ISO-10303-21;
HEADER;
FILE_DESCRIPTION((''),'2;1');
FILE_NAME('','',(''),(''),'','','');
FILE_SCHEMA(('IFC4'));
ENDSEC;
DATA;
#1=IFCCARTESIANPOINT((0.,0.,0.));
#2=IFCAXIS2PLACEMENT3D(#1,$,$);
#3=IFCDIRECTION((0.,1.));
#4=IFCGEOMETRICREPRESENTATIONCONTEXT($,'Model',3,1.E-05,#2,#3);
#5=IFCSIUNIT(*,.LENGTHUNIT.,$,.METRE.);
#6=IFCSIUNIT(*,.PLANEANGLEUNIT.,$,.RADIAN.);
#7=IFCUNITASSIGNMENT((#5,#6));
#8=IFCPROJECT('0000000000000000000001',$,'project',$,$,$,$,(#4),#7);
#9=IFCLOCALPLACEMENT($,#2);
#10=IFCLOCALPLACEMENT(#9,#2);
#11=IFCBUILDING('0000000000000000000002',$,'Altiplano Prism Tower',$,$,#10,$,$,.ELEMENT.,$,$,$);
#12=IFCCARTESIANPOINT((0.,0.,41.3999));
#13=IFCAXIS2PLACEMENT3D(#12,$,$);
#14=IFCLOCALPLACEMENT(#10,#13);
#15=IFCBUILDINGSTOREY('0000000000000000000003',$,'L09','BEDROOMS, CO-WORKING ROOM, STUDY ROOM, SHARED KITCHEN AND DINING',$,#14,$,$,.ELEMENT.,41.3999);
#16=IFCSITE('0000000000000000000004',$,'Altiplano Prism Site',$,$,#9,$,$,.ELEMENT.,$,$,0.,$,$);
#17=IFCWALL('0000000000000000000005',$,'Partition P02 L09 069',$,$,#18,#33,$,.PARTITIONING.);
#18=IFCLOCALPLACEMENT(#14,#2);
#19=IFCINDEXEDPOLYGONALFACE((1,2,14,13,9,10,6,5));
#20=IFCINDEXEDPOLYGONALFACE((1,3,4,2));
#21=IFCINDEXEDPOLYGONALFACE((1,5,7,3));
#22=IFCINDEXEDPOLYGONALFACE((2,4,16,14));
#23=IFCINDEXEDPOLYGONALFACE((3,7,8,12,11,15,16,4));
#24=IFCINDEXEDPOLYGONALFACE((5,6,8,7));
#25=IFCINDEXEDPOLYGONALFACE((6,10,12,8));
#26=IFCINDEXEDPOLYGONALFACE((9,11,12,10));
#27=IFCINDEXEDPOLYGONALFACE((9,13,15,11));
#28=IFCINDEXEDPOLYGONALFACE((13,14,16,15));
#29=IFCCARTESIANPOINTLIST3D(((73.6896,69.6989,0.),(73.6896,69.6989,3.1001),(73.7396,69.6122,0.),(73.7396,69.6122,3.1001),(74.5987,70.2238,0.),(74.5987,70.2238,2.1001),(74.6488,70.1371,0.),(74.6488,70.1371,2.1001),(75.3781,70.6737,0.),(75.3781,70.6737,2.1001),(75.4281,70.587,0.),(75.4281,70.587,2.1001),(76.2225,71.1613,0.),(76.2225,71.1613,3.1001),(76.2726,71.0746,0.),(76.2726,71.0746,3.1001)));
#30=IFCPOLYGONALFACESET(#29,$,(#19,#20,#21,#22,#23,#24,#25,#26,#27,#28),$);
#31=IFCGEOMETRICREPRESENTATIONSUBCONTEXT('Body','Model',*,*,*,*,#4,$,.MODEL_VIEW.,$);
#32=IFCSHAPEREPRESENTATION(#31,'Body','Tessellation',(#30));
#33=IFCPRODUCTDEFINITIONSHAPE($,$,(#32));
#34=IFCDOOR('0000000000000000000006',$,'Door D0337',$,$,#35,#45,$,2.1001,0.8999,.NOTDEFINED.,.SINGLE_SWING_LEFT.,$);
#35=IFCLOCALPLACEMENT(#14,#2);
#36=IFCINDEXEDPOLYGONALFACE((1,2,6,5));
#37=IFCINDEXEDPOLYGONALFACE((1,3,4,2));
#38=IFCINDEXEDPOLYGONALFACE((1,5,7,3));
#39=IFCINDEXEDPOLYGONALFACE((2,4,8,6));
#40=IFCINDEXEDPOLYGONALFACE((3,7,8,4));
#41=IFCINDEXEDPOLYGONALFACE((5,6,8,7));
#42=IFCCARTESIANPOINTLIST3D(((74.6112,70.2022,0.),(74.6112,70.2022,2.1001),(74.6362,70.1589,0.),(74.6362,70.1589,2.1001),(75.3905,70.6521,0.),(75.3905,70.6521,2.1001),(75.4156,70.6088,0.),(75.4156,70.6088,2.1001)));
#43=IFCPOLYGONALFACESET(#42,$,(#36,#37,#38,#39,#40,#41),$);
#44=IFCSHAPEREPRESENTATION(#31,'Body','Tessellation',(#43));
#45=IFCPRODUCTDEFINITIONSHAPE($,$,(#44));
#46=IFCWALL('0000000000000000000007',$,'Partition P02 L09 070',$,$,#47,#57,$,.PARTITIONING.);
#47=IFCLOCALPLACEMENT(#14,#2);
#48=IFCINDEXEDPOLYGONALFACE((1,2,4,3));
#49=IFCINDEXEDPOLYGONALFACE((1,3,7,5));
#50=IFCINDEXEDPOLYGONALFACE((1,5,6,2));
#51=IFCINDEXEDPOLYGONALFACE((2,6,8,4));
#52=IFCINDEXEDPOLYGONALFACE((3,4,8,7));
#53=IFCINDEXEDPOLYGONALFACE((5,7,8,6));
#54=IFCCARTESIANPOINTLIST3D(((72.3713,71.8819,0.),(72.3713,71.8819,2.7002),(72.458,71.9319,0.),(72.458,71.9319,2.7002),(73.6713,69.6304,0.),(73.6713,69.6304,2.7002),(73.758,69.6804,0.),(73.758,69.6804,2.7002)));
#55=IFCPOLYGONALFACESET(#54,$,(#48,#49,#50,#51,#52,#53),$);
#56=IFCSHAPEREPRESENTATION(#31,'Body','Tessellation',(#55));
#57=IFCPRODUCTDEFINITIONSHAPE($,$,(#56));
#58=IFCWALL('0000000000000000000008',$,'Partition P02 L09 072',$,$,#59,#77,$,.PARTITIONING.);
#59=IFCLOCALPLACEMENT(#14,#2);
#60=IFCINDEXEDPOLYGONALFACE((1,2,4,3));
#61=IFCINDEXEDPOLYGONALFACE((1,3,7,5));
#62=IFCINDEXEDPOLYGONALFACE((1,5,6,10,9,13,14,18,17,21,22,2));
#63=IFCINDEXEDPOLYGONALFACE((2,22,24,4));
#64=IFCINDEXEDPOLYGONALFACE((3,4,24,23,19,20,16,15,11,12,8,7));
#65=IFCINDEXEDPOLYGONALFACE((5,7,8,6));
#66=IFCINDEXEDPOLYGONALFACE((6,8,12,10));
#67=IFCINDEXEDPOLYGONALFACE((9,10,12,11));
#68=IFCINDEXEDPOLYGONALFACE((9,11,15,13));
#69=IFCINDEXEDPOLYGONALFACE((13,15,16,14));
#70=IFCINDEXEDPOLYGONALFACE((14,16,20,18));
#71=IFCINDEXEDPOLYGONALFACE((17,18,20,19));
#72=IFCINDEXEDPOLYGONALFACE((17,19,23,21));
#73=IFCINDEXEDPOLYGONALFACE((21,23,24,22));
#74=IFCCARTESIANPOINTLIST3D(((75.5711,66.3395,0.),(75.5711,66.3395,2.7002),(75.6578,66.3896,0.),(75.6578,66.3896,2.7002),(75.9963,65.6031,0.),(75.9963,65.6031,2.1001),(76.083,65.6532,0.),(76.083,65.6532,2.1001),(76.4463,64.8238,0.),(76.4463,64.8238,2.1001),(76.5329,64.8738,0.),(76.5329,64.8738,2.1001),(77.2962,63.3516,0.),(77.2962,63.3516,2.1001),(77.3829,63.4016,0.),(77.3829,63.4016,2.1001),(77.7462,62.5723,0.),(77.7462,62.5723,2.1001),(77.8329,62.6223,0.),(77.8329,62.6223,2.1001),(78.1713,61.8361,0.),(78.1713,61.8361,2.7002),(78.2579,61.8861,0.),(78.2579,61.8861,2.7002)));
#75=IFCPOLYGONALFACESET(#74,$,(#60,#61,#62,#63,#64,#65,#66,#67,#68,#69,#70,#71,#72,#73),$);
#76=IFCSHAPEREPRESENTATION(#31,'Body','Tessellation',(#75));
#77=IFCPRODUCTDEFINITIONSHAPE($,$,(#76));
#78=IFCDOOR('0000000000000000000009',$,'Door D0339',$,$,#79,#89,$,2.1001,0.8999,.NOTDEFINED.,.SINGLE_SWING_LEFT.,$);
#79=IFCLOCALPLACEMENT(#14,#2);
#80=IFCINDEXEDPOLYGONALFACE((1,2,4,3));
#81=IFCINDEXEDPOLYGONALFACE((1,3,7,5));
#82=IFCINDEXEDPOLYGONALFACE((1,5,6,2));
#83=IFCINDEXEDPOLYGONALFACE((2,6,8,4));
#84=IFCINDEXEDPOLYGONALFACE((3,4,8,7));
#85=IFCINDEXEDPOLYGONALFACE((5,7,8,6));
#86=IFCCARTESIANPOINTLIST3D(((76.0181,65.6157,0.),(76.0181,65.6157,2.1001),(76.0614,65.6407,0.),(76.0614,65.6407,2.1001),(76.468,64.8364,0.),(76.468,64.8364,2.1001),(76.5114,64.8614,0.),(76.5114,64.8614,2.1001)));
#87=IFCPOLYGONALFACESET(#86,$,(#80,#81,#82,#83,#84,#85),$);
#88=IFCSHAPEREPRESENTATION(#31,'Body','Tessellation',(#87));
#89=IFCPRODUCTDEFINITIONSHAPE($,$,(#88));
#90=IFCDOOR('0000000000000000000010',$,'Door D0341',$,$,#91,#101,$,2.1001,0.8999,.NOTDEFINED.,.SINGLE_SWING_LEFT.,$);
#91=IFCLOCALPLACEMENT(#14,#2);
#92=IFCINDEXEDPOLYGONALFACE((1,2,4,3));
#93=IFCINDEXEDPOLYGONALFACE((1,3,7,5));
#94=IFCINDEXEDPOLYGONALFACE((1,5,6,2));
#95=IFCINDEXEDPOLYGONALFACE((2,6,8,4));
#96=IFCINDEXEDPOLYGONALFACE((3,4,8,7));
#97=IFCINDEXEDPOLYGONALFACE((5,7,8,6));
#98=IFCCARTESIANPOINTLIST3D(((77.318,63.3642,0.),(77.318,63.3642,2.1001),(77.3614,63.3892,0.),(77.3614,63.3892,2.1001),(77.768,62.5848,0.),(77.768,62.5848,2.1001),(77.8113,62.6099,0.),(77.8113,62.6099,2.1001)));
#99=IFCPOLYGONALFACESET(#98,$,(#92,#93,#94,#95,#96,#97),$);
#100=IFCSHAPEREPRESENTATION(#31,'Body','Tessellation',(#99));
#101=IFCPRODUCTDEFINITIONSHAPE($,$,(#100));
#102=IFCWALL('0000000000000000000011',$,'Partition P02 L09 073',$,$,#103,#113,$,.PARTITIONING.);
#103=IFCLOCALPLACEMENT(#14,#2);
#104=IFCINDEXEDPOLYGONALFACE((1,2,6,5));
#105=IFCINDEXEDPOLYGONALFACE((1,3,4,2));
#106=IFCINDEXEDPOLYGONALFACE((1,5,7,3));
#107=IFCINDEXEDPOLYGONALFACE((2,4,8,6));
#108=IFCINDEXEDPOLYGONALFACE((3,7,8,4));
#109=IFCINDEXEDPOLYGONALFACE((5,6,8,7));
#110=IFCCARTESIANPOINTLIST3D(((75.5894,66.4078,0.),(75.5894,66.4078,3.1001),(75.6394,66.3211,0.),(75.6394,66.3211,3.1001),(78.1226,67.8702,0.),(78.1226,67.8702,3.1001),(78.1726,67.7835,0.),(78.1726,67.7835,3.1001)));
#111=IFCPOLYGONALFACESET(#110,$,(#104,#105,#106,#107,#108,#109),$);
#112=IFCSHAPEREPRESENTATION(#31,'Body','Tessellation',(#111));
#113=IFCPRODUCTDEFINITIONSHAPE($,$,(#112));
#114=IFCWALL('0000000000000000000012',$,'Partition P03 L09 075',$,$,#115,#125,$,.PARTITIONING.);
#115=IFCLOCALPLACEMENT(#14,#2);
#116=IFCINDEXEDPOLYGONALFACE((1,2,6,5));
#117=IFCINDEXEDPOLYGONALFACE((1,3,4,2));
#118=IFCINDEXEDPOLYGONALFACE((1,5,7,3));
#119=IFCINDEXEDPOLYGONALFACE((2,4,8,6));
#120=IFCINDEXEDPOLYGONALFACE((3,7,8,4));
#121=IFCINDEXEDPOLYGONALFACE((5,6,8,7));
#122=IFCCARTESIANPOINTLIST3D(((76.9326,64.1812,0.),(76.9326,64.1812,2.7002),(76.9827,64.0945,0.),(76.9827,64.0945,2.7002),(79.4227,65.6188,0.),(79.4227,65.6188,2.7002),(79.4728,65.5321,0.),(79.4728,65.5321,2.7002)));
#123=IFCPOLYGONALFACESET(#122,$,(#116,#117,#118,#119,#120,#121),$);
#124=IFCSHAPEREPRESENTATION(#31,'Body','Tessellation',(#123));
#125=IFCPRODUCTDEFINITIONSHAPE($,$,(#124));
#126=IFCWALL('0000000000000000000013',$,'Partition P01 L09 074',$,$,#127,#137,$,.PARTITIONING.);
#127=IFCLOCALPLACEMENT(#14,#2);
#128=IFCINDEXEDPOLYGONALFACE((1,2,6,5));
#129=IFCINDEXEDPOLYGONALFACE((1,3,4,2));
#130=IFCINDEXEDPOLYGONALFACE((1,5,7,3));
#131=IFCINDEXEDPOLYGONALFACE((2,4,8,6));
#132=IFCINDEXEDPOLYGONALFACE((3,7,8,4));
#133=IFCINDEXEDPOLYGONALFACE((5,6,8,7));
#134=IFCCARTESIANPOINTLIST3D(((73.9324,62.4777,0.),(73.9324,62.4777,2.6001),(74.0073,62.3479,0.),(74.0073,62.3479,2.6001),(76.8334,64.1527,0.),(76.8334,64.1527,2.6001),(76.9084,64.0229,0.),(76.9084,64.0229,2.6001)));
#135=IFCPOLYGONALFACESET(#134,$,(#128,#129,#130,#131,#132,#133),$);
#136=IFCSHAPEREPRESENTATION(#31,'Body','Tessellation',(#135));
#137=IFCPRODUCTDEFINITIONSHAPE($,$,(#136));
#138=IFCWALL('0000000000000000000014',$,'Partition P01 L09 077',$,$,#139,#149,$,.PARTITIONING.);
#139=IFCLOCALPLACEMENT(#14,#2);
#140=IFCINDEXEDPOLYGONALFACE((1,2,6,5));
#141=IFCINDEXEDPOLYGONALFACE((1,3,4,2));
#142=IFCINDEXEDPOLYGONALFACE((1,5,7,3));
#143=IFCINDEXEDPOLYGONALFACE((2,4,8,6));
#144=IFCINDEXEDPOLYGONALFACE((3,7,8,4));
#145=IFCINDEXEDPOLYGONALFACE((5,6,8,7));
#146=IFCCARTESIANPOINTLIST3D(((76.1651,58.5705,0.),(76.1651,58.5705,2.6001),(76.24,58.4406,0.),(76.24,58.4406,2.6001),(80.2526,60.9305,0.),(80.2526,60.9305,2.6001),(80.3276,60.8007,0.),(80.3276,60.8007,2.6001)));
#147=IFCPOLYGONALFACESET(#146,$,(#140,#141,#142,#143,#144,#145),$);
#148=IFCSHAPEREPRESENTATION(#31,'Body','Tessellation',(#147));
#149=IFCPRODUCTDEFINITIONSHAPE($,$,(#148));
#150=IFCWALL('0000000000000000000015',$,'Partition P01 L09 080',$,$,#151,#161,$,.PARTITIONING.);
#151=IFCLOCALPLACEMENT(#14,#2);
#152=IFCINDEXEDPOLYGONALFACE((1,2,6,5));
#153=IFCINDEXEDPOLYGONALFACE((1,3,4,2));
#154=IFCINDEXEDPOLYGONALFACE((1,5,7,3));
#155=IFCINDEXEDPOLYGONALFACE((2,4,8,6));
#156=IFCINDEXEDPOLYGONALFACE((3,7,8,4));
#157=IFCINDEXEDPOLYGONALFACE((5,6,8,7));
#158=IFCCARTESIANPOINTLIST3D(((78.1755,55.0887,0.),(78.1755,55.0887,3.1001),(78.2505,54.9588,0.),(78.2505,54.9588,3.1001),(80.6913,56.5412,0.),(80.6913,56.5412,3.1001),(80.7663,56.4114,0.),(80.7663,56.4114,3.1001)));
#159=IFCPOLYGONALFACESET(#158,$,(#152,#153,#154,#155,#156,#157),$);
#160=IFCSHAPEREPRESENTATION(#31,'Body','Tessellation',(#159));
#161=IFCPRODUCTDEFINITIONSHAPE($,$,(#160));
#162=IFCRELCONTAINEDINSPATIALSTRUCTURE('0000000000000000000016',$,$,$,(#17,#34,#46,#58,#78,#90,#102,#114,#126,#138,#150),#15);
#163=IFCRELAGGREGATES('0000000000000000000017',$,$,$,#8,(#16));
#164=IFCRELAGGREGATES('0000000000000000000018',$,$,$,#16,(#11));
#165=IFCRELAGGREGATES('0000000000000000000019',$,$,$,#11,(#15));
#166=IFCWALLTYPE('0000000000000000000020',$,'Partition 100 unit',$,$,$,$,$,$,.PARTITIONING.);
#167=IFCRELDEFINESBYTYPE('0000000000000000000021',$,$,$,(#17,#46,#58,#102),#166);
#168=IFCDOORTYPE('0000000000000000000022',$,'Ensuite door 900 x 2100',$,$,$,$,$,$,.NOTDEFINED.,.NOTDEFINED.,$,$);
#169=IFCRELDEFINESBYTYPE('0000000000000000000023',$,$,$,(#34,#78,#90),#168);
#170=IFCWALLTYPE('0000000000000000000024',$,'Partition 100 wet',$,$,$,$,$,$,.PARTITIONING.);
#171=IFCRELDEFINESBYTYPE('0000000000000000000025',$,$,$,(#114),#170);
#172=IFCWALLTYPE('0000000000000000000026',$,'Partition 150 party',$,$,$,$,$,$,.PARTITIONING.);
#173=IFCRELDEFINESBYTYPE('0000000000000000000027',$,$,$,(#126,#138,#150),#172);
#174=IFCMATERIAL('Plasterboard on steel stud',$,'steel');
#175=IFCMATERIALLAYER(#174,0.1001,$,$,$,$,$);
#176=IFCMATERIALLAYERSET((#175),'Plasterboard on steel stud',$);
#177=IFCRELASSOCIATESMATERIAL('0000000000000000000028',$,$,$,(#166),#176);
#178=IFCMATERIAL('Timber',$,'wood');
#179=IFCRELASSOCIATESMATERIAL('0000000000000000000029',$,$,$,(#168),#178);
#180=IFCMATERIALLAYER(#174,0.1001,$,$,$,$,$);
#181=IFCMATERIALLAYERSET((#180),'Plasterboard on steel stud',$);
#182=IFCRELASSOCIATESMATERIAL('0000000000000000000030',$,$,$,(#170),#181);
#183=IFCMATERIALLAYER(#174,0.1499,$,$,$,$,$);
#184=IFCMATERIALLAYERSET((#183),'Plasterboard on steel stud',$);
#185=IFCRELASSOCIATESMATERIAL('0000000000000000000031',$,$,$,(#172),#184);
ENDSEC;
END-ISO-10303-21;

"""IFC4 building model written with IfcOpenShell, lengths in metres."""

from ifc_helpers import new_model, si_unit, direction, frame, frame_2d, origin, place, context, subcontext, project, spatial, rectangle, extrude, material, layer, layer_set, type_object, element, fill, save


model = new_model("IFC4")

# Units and contexts
model_context = context("Model", 3, precision=1e-05, world=origin(), true_north=direction((0.0, 1.0)))
body_context = subcontext(model_context, "Body", "Model", "MODEL_VIEW")
ifc_project = project(units=[si_unit("LENGTHUNIT", "METRE"), si_unit("PLANEANGLEUNIT", "RADIAN")], contexts=[model_context])

# Site, building, storey
site_placement = place(None, origin())
site = spatial("IfcSite", under=ifc_project, at=site_placement, Name="Altiplano Prism Site", CompositionType="ELEMENT", RefElevation=0.0)
building_placement = place(site_placement, origin())
building = spatial("IfcBuilding", under=site, at=building_placement, Name="Altiplano Prism Tower", CompositionType="ELEMENT")
storey_placement = place(building_placement, frame((0.0, 0.0, 41.3999)))
storey = spatial("IfcBuildingStorey", under=building, at=storey_placement, Name="L09", Description="BEDROOMS, CO-WORKING ROOM, STUDY ROOM, SHARED KITCHEN AND DINING", CompositionType="ELEMENT", Elevation=41.3999)

# Shared definitions
ifc_material_1 = material(Name="Plasterboard on steel stud", Category="steel")
ifc_layer_1 = layer(ifc_material_1, 0.1001)
ifc_layer_set_1 = layer_set([ifc_layer_1], Name="Plasterboard on steel stud")
wall_type_1 = type_object("IfcWallType", Name="Partition 100 unit", PredefinedType="PARTITIONING", material=ifc_layer_set_1)

# Wall, opening, door
wall_1_placement = place(storey_placement, frame((76.2476, 71.1179, 0.0), z_axis=(0.0, 0.0, 1.0), x_axis=(-0.866026, -0.499999, 0.0)))
wall_1 = element("IfcWall", 1, at=wall_1_placement, inside=storey, type_object=wall_type_1, Name="Partition P02 L09 069", PredefinedType="PARTITIONING", context=body_context, shape_type="SweptSolid", body=[
    extrude(rectangle(XDim=2.9248, YDim=0.1001, at=frame_2d((1.4624, 0.0))), origin(), (0.0, 0.0, 1.0), 3.1001),
])
opening_1_placement = place(wall_1_placement, frame((0.9751, 0.0, 0.0)))
opening_1 = element("IfcOpeningElement", 2, at=opening_1_placement, cuts=wall_1, PredefinedType="OPENING", context=body_context, shape_type="SweptSolid", body=[
    extrude(rectangle(XDim=0.8999, YDim=2.1001, at=frame_2d((0.45, 1.05))), frame((0.0, 0.0605, 0.0), z_axis=(0.0, -1.0, 0.0), x_axis=(1.0, 0.0, 0.0)), (0.0, 0.0, 1.0), 0.1211),
])
ifc_material_2 = material(Name="Timber", Category="wood")
door_type = type_object("IfcDoorType", Name="Ensuite door 900 x 2100", OperationType="NOTDEFINED", PredefinedType="NOTDEFINED", material=ifc_material_2)
door_1_placement = place(opening_1_placement, origin())
door_1 = element("IfcDoor", 3, at=door_1_placement, inside=storey, type_object=door_type, Name="Door D0337", OperationType="SINGLE_SWING_LEFT", OverallHeight=2.1001, OverallWidth=0.8999, PredefinedType="NOTDEFINED", context=body_context, shape_type="SweptSolid", body=[
    extrude(rectangle(XDim=0.8999, YDim=2.1001, at=frame_2d((0.45, 1.05))), frame((0.0, 0.0249, 0.0), z_axis=(0.0, -1.0, 0.0), x_axis=(1.0, 0.0, 0.0)), (0.0, 0.0, 1.0), 0.05),
])
fill(opening_1, door_1)

# Wall
wall_2_placement = place(storey_placement, frame((73.7146, 69.6555, 0.0), z_axis=(0.0, 0.0, 1.0), x_axis=(-0.500048, 0.865998, 0.0)))
element("IfcWall", 4, at=wall_2_placement, inside=storey, type_object=wall_type_1, Name="Partition P02 L09 070", PredefinedType="PARTITIONING", context=body_context, shape_type="SweptSolid", body=[
    extrude(rectangle(XDim=2.5999, YDim=0.1001, at=frame_2d((1.2998, 0.0))), origin(), (0.0, 0.0, 1.0), 2.7002),
])

# Wall, openings, doors
wall_3_placement = place(storey_placement, frame((78.2146, 61.8611, 0.0), z_axis=(0.0, 0.0, 1.0), x_axis=(-0.500007, 0.866021, 0.0)))
wall_3 = element("IfcWall", 5, at=wall_3_placement, inside=storey, type_object=wall_type_1, Name="Partition P02 L09 072", PredefinedType="PARTITIONING", context=body_context, shape_type="SweptSolid", body=[
    extrude(rectangle(XDim=5.2002, YDim=0.1001, at=frame_2d((2.6001, 0.0))), origin(), (0.0, 0.0, 1.0), 2.7002),
])
opening_2_placement = place(wall_3_placement, frame((3.45, 0.0, 0.0)))
opening_2 = element("IfcOpeningElement", 6, at=opening_2_placement, cuts=wall_3, PredefinedType="OPENING", context=body_context, shape_type="SweptSolid", body=[
    extrude(rectangle(XDim=0.8999, YDim=2.1001, at=frame_2d((0.45, 1.05))), frame((0.0, 0.0605, 0.0), z_axis=(0.0, -1.0, 0.0), x_axis=(1.0, 0.0, 0.0)), (0.0, 0.0, 1.0), 0.1211),
])
opening_3_placement = place(wall_3_placement, frame((0.8501, 0.0, 0.0)))
opening_3 = element("IfcOpeningElement", 7, at=opening_3_placement, cuts=wall_3, PredefinedType="OPENING", context=body_context, shape_type="SweptSolid", body=[
    extrude(rectangle(XDim=0.8999, YDim=2.1001, at=frame_2d((0.45, 1.05))), frame((0.0, 0.0605, 0.0), z_axis=(0.0, -1.0, 0.0), x_axis=(1.0, 0.0, 0.0)), (0.0, 0.0, 1.0), 0.1211),
])
door_2_placement = place(opening_2_placement, origin())
door_2 = element("IfcDoor", 8, at=door_2_placement, inside=storey, type_object=door_type, Name="Door D0339", OperationType="SINGLE_SWING_LEFT", OverallHeight=2.1001, OverallWidth=0.8999, PredefinedType="NOTDEFINED", context=body_context, shape_type="SweptSolid", body=[
    extrude(rectangle(XDim=0.8999, YDim=2.1001, at=frame_2d((0.45, 1.05))), frame((0.0, 0.0249, 0.0), z_axis=(0.0, -1.0, 0.0), x_axis=(1.0, 0.0, 0.0)), (0.0, 0.0, 1.0), 0.05),
])
fill(opening_2, door_2)
door_3_placement = place(opening_3_placement, origin())
door_3 = element("IfcDoor", 9, at=door_3_placement, inside=storey, type_object=door_type, Name="Door D0341", OperationType="SINGLE_SWING_LEFT", OverallHeight=2.1001, OverallWidth=0.8999, PredefinedType="NOTDEFINED", context=body_context, shape_type="SweptSolid", body=[
    extrude(rectangle(XDim=0.8999, YDim=2.1001, at=frame_2d((0.45, 1.05))), frame((0.0, 0.0249, 0.0), z_axis=(0.0, -1.0, 0.0), x_axis=(1.0, 0.0, 0.0)), (0.0, 0.0, 1.0), 0.05),
])
fill(opening_3, door_3)

# Walls
wall_4_placement = place(storey_placement, frame((75.6145, 66.3645, 0.0), z_axis=(0.0, 0.0, 1.0), x_axis=(0.866047, 0.499963, 0.0)))
element("IfcWall", 10, at=wall_4_placement, inside=storey, type_object=wall_type_1, Name="Partition P02 L09 073", PredefinedType="PARTITIONING", context=body_context, shape_type="SweptSolid", body=[
    extrude(rectangle(XDim=2.925, YDim=0.1001, at=frame_2d((1.4624, 0.0))), origin(), (0.0, 0.0, 1.0), 3.1001),
])
ifc_layer_2 = layer(ifc_material_1, 0.1001)
ifc_layer_set_2 = layer_set([ifc_layer_2], Name="Plasterboard on steel stud")
wall_type_2 = type_object("IfcWallType", Name="Partition 100 wet", PredefinedType="PARTITIONING", material=ifc_layer_set_2)
wall_5_placement = place(storey_placement, frame((76.9578, 64.1379, 0.0), z_axis=(0.0, 0.0, 1.0), x_axis=(0.86604, 0.499975, 0.0)))
element("IfcWall", 11, at=wall_5_placement, inside=storey, type_object=wall_type_2, Name="Partition P03 L09 075", PredefinedType="PARTITIONING", context=body_context, shape_type="SweptSolid", body=[
    extrude(rectangle(XDim=2.8752, YDim=0.1001, at=frame_2d((1.4375, 0.0))), origin(), (0.0, 0.0, 1.0), 2.7002),
])
ifc_layer_3 = layer(ifc_material_1, 0.1499)
ifc_layer_set_3 = layer_set([ifc_layer_3], Name="Plasterboard on steel stud")
wall_type_3 = type_object("IfcWallType", Name="Partition 150 party", PredefinedType="PARTITIONING", material=ifc_layer_set_3)
wall_6_placement = place(storey_placement, frame((73.97, 62.4128, 0.0), z_axis=(0.0, 0.0, 1.0), x_axis=(0.866014, 0.500019, 0.0)))
element("IfcWall", 12, at=wall_6_placement, inside=storey, type_object=wall_type_3, Name="Partition P01 L09 074", PredefinedType="PARTITIONING", context=body_context, shape_type="SweptSolid", body=[
    extrude(rectangle(XDim=3.3499, YDim=0.1499, at=frame_2d((1.6748, 0.0))), origin(), (0.0, 0.0, 1.0), 2.6001),
])
wall_7_placement = place(storey_placement, frame((76.2026, 58.5056, 0.0), z_axis=(0.0, 0.0, 1.0), x_axis=(0.866016, 0.500016, 0.0)))
element("IfcWall", 13, at=wall_7_placement, inside=storey, type_object=wall_type_3, Name="Partition P01 L09 077", PredefinedType="PARTITIONING", context=body_context, shape_type="SweptSolid", body=[
    extrude(rectangle(XDim=4.72, YDim=0.1499, at=frame_2d((2.3599, 0.0))), origin(), (0.0, 0.0, 1.0), 2.6001),
])
wall_8_placement = place(storey_placement, frame((78.2129, 55.0237, 0.0), z_axis=(0.0, 0.0, 1.0), x_axis=(0.866011, 0.500026, 0.0)))
element("IfcWall", 14, at=wall_8_placement, inside=storey, type_object=wall_type_3, Name="Partition P01 L09 080", PredefinedType="PARTITIONING", context=body_context, shape_type="SweptSolid", body=[
    extrude(rectangle(XDim=2.905, YDim=0.1499, at=frame_2d((1.4526, 0.0))), origin(), (0.0, 0.0, 1.0), 3.1001),
])

save(model, "model.ifc")
